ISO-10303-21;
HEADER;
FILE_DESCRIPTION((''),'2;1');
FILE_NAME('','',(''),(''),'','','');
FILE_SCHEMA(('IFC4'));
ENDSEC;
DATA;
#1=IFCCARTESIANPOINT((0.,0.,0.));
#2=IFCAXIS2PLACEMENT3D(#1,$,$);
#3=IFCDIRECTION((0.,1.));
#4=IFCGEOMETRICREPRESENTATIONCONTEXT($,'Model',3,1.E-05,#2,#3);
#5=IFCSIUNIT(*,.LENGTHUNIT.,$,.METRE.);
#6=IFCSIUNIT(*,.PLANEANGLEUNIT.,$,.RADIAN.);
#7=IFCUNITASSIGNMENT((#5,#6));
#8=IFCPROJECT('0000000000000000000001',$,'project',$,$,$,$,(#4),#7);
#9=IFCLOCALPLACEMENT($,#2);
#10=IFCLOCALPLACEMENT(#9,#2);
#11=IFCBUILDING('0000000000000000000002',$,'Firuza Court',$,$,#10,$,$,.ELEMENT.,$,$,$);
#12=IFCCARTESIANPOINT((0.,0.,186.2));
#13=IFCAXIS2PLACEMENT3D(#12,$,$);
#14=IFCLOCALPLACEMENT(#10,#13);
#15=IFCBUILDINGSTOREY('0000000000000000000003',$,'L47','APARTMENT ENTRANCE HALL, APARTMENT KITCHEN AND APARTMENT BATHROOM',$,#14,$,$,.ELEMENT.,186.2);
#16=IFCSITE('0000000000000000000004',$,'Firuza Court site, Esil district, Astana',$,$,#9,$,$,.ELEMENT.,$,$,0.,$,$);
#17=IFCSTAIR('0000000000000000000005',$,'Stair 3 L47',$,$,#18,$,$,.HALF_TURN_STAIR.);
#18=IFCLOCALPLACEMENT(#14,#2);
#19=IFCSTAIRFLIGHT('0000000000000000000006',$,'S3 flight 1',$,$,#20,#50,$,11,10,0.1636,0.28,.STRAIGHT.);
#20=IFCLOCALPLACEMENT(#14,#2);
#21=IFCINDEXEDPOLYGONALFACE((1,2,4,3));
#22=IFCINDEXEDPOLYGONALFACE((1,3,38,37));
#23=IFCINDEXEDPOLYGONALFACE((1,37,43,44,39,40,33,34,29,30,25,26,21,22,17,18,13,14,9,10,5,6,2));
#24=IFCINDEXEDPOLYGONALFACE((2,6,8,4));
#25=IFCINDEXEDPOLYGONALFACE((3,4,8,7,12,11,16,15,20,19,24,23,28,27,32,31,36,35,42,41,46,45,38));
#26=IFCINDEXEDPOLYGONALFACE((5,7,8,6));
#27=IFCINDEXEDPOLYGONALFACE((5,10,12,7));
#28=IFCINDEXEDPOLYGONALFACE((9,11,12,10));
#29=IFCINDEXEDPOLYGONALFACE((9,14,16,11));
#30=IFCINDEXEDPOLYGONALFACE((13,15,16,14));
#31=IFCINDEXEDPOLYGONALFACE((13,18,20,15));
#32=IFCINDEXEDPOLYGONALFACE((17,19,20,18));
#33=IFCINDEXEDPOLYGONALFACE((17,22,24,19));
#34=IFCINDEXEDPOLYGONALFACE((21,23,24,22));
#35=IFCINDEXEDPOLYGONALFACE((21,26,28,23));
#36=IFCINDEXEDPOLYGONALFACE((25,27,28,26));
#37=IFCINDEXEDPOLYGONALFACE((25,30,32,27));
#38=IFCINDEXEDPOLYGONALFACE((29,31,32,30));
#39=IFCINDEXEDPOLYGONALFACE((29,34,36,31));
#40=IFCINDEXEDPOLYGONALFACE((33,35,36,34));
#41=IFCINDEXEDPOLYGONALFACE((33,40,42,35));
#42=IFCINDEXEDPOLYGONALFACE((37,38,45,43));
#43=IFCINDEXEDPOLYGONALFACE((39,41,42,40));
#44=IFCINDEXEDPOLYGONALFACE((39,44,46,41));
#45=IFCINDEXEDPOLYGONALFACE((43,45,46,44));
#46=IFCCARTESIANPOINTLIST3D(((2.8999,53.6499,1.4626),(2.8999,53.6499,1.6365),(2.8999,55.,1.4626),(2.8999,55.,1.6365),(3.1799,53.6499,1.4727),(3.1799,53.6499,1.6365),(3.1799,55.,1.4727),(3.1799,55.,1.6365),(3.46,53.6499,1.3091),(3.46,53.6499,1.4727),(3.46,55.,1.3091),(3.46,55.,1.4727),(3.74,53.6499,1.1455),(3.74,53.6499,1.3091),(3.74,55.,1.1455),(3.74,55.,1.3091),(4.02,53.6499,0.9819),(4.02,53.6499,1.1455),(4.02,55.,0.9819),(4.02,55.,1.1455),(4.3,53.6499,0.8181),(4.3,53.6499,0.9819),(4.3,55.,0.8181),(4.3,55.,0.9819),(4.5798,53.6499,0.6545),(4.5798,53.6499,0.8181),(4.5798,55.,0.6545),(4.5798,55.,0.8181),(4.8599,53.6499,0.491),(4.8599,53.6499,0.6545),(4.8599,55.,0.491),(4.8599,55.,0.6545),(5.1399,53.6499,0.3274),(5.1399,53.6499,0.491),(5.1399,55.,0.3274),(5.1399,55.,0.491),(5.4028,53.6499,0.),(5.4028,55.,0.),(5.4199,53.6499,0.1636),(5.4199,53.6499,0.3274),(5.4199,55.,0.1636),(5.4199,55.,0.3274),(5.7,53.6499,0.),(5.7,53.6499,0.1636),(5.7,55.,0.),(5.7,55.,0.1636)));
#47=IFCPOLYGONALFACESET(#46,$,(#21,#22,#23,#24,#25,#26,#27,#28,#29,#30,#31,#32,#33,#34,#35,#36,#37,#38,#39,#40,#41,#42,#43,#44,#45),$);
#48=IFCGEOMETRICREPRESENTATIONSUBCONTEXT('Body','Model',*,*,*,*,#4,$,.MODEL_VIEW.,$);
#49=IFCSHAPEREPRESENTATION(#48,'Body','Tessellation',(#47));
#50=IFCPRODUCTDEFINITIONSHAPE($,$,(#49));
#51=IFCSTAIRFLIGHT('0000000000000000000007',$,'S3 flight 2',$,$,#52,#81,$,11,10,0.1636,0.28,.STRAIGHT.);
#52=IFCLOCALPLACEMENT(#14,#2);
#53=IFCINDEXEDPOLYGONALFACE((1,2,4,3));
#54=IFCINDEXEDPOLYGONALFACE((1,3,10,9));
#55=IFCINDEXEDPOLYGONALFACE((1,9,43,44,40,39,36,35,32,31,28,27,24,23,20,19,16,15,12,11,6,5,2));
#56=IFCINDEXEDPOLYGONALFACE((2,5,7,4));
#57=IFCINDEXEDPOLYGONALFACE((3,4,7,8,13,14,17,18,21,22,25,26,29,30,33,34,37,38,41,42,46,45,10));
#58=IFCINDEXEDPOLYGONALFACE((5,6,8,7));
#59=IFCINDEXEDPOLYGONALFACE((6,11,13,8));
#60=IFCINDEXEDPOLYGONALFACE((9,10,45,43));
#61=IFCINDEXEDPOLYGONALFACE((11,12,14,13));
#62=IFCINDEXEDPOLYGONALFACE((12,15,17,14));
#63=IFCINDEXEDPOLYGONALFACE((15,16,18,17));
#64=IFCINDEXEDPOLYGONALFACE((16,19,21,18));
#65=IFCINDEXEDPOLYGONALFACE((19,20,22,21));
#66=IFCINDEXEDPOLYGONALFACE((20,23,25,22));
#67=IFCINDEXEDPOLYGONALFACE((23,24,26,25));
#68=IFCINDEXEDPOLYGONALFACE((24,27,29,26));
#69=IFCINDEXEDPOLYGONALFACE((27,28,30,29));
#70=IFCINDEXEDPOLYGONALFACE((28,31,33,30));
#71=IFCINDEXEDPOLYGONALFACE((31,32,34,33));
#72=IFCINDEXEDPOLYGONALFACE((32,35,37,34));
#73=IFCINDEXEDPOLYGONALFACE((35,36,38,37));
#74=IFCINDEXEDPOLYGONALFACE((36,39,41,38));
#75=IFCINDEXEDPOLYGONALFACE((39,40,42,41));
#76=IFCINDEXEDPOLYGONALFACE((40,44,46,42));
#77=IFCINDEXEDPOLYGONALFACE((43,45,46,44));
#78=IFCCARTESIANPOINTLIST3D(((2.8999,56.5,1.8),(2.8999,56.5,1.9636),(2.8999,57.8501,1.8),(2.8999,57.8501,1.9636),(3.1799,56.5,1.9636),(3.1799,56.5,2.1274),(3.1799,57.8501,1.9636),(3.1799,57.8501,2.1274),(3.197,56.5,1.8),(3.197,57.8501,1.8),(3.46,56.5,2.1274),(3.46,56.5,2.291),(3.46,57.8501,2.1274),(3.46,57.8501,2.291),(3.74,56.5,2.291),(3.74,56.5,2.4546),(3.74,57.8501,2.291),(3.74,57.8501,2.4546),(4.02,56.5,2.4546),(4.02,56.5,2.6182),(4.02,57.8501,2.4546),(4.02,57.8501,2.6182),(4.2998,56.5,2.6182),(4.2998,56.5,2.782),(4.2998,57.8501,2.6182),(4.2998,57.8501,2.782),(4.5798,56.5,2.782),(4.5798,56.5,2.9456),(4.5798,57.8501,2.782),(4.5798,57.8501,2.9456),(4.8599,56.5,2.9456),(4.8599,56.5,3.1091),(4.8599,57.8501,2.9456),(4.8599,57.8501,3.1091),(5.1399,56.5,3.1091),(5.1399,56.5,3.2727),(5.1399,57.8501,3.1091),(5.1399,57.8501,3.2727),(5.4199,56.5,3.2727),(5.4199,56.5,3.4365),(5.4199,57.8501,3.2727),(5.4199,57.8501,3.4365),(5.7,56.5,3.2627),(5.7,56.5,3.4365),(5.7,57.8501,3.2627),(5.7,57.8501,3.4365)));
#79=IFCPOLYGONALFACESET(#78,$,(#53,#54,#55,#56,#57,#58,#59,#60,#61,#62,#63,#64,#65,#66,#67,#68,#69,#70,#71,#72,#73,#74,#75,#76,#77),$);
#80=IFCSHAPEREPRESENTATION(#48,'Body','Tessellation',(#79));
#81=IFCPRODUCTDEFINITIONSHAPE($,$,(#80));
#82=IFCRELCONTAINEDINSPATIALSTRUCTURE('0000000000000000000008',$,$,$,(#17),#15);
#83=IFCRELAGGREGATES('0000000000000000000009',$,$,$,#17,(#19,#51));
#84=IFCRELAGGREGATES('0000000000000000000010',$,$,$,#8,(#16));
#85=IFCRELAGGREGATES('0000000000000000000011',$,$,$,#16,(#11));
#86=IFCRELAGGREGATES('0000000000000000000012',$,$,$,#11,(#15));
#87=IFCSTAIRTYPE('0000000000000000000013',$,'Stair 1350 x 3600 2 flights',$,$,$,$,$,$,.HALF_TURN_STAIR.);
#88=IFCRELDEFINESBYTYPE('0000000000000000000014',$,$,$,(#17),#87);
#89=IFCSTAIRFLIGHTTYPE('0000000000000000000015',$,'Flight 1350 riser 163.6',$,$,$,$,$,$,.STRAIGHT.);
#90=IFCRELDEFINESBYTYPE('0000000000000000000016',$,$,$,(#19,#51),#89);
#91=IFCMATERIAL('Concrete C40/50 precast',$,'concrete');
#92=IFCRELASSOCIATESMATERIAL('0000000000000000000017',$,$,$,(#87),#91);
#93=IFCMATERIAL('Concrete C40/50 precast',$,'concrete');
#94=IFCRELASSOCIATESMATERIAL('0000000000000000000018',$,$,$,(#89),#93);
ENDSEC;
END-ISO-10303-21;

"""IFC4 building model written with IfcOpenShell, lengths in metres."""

from ifc_helpers import new_model, si_unit, direction, frame, origin, place, context, subcontext, project, spatial, polyline, outline, extrude, material, type_object, element, aggregate, save


model = new_model("IFC4")

# Units and contexts
model_context = context("Model", 3, precision=1e-05, world=origin(), true_north=direction((0.0, 1.0)))
body_context = subcontext(model_context, "Body", "Model", "MODEL_VIEW")
ifc_project = project(units=[si_unit("LENGTHUNIT", "METRE"), si_unit("PLANEANGLEUNIT", "RADIAN")], contexts=[model_context])

# Site, building, storey
site_placement = place(None, origin())
site = spatial("IfcSite", under=ifc_project, at=site_placement, Name="Firuza Court site, Esil district, Astana", CompositionType="ELEMENT", RefElevation=0.0)
building_placement = place(site_placement, origin())
building = spatial("IfcBuilding", under=site, at=building_placement, Name="Firuza Court", CompositionType="ELEMENT")
storey_placement = place(building_placement, frame((0.0, 0.0, 186.2)))
storey = spatial("IfcBuildingStorey", under=building, at=storey_placement, Name="L47", Description="APARTMENT ENTRANCE HALL, APARTMENT KITCHEN AND APARTMENT BATHROOM", CompositionType="ELEMENT", Elevation=186.2)

# Stair, stair flights
ifc_material_1 = material(Name="Concrete C40/50 precast", Category="concrete")
stair_type = type_object("IfcStairType", Name="Stair 1350 x 3600 2 flights", PredefinedType="HALF_TURN_STAIR", material=ifc_material_1)
stair_placement = place(storey_placement, origin())
stair = element("IfcStair", 1, at=stair_placement, inside=storey, type_object=stair_type, Name="Stair 3 L47", PredefinedType="HALF_TURN_STAIR")
ifc_material_2 = material(Name="Concrete C40/50 precast", Category="concrete")
stair_flight_type = type_object("IfcStairFlightType", Name="Flight 1350 riser 163.6", PredefinedType="STRAIGHT", material=ifc_material_2)
stair_flight_1_placement = place(storey_placement, frame((5.7, 54.325, 0.0), z_axis=(0.0, 0.0, 1.0), x_axis=(-1.0, 0.0, 0.0)))
stair_flight_1 = element("IfcStairFlight", 2, at=stair_flight_1_placement, type_object=stair_flight_type, Name="S3 flight 1", NumberOfRisers=11, NumberOfTreads=10, PredefinedType="STRAIGHT", RiserHeight=0.1636, TreadLength=0.28, context=body_context, shape_type="SweptSolid", body=[
    extrude(outline(polyline([(0.0, 0.0), (0.0, 0.1636), (0.28, 0.1636), (0.28, 0.3274), (0.5601, 0.3274), (0.5601, 0.491), (0.8401, 0.491), (0.8401, 0.6545), (1.1201, 0.6545), (1.1201, 0.8181), (1.3999, 0.8181), (1.3999, 0.9819), (1.6799, 0.9819), (1.6799, 1.1455), (1.96, 1.1455), (1.96, 1.3091), (2.24, 1.3091), (2.24, 1.4727), (2.52, 1.4727), (2.52, 1.6365), (2.8, 1.6365), (2.8, 1.8), (2.8, 1.4626), (0.2971, 0.0), (0.0, 0.0)])), frame((0.0, 0.675, 0.0), z_axis=(0.0, -1.0, 0.0), x_axis=(1.0, 0.0, 0.0)), (0.0, 0.0, 1.0), 1.3501),
])
stair_flight_2_placement = place(storey_placement, frame((2.8999, 57.175, 1.8), z_axis=(0.0, 0.0, 1.0), x_axis=(1.0, 0.0, 0.0)))
stair_flight_2 = element("IfcStairFlight", 3, at=stair_flight_2_placement, type_object=stair_flight_type, Name="S3 flight 2", NumberOfRisers=11, NumberOfTreads=10, PredefinedType="STRAIGHT", RiserHeight=0.1636, TreadLength=0.28, context=body_context, shape_type="SweptSolid", body=[
    extrude(outline(polyline([(0.0, 0.0), (0.0, 0.1636), (0.28, 0.1636), (0.28, 0.3274), (0.5601, 0.3274), (0.5601, 0.491), (0.8401, 0.491), (0.8401, 0.6545), (1.1201, 0.6545), (1.1201, 0.8181), (1.3999, 0.8181), (1.3999, 0.9819), (1.6799, 0.9819), (1.6799, 1.1455), (1.96, 1.1455), (1.96, 1.3091), (2.24, 1.3091), (2.24, 1.4727), (2.52, 1.4727), (2.52, 1.6365), (2.8, 1.6365), (2.8, 1.8), (2.8, 1.4626), (0.2971, 0.0), (0.0, 0.0)])), frame((0.0, 0.675, 0.0), z_axis=(0.0, -1.0, 0.0), x_axis=(1.0, 0.0, 0.0)), (0.0, 0.0, 1.0), 1.3501),
])
aggregate(stair, [stair_flight_1, stair_flight_2])

save(model, "model.ifc")
